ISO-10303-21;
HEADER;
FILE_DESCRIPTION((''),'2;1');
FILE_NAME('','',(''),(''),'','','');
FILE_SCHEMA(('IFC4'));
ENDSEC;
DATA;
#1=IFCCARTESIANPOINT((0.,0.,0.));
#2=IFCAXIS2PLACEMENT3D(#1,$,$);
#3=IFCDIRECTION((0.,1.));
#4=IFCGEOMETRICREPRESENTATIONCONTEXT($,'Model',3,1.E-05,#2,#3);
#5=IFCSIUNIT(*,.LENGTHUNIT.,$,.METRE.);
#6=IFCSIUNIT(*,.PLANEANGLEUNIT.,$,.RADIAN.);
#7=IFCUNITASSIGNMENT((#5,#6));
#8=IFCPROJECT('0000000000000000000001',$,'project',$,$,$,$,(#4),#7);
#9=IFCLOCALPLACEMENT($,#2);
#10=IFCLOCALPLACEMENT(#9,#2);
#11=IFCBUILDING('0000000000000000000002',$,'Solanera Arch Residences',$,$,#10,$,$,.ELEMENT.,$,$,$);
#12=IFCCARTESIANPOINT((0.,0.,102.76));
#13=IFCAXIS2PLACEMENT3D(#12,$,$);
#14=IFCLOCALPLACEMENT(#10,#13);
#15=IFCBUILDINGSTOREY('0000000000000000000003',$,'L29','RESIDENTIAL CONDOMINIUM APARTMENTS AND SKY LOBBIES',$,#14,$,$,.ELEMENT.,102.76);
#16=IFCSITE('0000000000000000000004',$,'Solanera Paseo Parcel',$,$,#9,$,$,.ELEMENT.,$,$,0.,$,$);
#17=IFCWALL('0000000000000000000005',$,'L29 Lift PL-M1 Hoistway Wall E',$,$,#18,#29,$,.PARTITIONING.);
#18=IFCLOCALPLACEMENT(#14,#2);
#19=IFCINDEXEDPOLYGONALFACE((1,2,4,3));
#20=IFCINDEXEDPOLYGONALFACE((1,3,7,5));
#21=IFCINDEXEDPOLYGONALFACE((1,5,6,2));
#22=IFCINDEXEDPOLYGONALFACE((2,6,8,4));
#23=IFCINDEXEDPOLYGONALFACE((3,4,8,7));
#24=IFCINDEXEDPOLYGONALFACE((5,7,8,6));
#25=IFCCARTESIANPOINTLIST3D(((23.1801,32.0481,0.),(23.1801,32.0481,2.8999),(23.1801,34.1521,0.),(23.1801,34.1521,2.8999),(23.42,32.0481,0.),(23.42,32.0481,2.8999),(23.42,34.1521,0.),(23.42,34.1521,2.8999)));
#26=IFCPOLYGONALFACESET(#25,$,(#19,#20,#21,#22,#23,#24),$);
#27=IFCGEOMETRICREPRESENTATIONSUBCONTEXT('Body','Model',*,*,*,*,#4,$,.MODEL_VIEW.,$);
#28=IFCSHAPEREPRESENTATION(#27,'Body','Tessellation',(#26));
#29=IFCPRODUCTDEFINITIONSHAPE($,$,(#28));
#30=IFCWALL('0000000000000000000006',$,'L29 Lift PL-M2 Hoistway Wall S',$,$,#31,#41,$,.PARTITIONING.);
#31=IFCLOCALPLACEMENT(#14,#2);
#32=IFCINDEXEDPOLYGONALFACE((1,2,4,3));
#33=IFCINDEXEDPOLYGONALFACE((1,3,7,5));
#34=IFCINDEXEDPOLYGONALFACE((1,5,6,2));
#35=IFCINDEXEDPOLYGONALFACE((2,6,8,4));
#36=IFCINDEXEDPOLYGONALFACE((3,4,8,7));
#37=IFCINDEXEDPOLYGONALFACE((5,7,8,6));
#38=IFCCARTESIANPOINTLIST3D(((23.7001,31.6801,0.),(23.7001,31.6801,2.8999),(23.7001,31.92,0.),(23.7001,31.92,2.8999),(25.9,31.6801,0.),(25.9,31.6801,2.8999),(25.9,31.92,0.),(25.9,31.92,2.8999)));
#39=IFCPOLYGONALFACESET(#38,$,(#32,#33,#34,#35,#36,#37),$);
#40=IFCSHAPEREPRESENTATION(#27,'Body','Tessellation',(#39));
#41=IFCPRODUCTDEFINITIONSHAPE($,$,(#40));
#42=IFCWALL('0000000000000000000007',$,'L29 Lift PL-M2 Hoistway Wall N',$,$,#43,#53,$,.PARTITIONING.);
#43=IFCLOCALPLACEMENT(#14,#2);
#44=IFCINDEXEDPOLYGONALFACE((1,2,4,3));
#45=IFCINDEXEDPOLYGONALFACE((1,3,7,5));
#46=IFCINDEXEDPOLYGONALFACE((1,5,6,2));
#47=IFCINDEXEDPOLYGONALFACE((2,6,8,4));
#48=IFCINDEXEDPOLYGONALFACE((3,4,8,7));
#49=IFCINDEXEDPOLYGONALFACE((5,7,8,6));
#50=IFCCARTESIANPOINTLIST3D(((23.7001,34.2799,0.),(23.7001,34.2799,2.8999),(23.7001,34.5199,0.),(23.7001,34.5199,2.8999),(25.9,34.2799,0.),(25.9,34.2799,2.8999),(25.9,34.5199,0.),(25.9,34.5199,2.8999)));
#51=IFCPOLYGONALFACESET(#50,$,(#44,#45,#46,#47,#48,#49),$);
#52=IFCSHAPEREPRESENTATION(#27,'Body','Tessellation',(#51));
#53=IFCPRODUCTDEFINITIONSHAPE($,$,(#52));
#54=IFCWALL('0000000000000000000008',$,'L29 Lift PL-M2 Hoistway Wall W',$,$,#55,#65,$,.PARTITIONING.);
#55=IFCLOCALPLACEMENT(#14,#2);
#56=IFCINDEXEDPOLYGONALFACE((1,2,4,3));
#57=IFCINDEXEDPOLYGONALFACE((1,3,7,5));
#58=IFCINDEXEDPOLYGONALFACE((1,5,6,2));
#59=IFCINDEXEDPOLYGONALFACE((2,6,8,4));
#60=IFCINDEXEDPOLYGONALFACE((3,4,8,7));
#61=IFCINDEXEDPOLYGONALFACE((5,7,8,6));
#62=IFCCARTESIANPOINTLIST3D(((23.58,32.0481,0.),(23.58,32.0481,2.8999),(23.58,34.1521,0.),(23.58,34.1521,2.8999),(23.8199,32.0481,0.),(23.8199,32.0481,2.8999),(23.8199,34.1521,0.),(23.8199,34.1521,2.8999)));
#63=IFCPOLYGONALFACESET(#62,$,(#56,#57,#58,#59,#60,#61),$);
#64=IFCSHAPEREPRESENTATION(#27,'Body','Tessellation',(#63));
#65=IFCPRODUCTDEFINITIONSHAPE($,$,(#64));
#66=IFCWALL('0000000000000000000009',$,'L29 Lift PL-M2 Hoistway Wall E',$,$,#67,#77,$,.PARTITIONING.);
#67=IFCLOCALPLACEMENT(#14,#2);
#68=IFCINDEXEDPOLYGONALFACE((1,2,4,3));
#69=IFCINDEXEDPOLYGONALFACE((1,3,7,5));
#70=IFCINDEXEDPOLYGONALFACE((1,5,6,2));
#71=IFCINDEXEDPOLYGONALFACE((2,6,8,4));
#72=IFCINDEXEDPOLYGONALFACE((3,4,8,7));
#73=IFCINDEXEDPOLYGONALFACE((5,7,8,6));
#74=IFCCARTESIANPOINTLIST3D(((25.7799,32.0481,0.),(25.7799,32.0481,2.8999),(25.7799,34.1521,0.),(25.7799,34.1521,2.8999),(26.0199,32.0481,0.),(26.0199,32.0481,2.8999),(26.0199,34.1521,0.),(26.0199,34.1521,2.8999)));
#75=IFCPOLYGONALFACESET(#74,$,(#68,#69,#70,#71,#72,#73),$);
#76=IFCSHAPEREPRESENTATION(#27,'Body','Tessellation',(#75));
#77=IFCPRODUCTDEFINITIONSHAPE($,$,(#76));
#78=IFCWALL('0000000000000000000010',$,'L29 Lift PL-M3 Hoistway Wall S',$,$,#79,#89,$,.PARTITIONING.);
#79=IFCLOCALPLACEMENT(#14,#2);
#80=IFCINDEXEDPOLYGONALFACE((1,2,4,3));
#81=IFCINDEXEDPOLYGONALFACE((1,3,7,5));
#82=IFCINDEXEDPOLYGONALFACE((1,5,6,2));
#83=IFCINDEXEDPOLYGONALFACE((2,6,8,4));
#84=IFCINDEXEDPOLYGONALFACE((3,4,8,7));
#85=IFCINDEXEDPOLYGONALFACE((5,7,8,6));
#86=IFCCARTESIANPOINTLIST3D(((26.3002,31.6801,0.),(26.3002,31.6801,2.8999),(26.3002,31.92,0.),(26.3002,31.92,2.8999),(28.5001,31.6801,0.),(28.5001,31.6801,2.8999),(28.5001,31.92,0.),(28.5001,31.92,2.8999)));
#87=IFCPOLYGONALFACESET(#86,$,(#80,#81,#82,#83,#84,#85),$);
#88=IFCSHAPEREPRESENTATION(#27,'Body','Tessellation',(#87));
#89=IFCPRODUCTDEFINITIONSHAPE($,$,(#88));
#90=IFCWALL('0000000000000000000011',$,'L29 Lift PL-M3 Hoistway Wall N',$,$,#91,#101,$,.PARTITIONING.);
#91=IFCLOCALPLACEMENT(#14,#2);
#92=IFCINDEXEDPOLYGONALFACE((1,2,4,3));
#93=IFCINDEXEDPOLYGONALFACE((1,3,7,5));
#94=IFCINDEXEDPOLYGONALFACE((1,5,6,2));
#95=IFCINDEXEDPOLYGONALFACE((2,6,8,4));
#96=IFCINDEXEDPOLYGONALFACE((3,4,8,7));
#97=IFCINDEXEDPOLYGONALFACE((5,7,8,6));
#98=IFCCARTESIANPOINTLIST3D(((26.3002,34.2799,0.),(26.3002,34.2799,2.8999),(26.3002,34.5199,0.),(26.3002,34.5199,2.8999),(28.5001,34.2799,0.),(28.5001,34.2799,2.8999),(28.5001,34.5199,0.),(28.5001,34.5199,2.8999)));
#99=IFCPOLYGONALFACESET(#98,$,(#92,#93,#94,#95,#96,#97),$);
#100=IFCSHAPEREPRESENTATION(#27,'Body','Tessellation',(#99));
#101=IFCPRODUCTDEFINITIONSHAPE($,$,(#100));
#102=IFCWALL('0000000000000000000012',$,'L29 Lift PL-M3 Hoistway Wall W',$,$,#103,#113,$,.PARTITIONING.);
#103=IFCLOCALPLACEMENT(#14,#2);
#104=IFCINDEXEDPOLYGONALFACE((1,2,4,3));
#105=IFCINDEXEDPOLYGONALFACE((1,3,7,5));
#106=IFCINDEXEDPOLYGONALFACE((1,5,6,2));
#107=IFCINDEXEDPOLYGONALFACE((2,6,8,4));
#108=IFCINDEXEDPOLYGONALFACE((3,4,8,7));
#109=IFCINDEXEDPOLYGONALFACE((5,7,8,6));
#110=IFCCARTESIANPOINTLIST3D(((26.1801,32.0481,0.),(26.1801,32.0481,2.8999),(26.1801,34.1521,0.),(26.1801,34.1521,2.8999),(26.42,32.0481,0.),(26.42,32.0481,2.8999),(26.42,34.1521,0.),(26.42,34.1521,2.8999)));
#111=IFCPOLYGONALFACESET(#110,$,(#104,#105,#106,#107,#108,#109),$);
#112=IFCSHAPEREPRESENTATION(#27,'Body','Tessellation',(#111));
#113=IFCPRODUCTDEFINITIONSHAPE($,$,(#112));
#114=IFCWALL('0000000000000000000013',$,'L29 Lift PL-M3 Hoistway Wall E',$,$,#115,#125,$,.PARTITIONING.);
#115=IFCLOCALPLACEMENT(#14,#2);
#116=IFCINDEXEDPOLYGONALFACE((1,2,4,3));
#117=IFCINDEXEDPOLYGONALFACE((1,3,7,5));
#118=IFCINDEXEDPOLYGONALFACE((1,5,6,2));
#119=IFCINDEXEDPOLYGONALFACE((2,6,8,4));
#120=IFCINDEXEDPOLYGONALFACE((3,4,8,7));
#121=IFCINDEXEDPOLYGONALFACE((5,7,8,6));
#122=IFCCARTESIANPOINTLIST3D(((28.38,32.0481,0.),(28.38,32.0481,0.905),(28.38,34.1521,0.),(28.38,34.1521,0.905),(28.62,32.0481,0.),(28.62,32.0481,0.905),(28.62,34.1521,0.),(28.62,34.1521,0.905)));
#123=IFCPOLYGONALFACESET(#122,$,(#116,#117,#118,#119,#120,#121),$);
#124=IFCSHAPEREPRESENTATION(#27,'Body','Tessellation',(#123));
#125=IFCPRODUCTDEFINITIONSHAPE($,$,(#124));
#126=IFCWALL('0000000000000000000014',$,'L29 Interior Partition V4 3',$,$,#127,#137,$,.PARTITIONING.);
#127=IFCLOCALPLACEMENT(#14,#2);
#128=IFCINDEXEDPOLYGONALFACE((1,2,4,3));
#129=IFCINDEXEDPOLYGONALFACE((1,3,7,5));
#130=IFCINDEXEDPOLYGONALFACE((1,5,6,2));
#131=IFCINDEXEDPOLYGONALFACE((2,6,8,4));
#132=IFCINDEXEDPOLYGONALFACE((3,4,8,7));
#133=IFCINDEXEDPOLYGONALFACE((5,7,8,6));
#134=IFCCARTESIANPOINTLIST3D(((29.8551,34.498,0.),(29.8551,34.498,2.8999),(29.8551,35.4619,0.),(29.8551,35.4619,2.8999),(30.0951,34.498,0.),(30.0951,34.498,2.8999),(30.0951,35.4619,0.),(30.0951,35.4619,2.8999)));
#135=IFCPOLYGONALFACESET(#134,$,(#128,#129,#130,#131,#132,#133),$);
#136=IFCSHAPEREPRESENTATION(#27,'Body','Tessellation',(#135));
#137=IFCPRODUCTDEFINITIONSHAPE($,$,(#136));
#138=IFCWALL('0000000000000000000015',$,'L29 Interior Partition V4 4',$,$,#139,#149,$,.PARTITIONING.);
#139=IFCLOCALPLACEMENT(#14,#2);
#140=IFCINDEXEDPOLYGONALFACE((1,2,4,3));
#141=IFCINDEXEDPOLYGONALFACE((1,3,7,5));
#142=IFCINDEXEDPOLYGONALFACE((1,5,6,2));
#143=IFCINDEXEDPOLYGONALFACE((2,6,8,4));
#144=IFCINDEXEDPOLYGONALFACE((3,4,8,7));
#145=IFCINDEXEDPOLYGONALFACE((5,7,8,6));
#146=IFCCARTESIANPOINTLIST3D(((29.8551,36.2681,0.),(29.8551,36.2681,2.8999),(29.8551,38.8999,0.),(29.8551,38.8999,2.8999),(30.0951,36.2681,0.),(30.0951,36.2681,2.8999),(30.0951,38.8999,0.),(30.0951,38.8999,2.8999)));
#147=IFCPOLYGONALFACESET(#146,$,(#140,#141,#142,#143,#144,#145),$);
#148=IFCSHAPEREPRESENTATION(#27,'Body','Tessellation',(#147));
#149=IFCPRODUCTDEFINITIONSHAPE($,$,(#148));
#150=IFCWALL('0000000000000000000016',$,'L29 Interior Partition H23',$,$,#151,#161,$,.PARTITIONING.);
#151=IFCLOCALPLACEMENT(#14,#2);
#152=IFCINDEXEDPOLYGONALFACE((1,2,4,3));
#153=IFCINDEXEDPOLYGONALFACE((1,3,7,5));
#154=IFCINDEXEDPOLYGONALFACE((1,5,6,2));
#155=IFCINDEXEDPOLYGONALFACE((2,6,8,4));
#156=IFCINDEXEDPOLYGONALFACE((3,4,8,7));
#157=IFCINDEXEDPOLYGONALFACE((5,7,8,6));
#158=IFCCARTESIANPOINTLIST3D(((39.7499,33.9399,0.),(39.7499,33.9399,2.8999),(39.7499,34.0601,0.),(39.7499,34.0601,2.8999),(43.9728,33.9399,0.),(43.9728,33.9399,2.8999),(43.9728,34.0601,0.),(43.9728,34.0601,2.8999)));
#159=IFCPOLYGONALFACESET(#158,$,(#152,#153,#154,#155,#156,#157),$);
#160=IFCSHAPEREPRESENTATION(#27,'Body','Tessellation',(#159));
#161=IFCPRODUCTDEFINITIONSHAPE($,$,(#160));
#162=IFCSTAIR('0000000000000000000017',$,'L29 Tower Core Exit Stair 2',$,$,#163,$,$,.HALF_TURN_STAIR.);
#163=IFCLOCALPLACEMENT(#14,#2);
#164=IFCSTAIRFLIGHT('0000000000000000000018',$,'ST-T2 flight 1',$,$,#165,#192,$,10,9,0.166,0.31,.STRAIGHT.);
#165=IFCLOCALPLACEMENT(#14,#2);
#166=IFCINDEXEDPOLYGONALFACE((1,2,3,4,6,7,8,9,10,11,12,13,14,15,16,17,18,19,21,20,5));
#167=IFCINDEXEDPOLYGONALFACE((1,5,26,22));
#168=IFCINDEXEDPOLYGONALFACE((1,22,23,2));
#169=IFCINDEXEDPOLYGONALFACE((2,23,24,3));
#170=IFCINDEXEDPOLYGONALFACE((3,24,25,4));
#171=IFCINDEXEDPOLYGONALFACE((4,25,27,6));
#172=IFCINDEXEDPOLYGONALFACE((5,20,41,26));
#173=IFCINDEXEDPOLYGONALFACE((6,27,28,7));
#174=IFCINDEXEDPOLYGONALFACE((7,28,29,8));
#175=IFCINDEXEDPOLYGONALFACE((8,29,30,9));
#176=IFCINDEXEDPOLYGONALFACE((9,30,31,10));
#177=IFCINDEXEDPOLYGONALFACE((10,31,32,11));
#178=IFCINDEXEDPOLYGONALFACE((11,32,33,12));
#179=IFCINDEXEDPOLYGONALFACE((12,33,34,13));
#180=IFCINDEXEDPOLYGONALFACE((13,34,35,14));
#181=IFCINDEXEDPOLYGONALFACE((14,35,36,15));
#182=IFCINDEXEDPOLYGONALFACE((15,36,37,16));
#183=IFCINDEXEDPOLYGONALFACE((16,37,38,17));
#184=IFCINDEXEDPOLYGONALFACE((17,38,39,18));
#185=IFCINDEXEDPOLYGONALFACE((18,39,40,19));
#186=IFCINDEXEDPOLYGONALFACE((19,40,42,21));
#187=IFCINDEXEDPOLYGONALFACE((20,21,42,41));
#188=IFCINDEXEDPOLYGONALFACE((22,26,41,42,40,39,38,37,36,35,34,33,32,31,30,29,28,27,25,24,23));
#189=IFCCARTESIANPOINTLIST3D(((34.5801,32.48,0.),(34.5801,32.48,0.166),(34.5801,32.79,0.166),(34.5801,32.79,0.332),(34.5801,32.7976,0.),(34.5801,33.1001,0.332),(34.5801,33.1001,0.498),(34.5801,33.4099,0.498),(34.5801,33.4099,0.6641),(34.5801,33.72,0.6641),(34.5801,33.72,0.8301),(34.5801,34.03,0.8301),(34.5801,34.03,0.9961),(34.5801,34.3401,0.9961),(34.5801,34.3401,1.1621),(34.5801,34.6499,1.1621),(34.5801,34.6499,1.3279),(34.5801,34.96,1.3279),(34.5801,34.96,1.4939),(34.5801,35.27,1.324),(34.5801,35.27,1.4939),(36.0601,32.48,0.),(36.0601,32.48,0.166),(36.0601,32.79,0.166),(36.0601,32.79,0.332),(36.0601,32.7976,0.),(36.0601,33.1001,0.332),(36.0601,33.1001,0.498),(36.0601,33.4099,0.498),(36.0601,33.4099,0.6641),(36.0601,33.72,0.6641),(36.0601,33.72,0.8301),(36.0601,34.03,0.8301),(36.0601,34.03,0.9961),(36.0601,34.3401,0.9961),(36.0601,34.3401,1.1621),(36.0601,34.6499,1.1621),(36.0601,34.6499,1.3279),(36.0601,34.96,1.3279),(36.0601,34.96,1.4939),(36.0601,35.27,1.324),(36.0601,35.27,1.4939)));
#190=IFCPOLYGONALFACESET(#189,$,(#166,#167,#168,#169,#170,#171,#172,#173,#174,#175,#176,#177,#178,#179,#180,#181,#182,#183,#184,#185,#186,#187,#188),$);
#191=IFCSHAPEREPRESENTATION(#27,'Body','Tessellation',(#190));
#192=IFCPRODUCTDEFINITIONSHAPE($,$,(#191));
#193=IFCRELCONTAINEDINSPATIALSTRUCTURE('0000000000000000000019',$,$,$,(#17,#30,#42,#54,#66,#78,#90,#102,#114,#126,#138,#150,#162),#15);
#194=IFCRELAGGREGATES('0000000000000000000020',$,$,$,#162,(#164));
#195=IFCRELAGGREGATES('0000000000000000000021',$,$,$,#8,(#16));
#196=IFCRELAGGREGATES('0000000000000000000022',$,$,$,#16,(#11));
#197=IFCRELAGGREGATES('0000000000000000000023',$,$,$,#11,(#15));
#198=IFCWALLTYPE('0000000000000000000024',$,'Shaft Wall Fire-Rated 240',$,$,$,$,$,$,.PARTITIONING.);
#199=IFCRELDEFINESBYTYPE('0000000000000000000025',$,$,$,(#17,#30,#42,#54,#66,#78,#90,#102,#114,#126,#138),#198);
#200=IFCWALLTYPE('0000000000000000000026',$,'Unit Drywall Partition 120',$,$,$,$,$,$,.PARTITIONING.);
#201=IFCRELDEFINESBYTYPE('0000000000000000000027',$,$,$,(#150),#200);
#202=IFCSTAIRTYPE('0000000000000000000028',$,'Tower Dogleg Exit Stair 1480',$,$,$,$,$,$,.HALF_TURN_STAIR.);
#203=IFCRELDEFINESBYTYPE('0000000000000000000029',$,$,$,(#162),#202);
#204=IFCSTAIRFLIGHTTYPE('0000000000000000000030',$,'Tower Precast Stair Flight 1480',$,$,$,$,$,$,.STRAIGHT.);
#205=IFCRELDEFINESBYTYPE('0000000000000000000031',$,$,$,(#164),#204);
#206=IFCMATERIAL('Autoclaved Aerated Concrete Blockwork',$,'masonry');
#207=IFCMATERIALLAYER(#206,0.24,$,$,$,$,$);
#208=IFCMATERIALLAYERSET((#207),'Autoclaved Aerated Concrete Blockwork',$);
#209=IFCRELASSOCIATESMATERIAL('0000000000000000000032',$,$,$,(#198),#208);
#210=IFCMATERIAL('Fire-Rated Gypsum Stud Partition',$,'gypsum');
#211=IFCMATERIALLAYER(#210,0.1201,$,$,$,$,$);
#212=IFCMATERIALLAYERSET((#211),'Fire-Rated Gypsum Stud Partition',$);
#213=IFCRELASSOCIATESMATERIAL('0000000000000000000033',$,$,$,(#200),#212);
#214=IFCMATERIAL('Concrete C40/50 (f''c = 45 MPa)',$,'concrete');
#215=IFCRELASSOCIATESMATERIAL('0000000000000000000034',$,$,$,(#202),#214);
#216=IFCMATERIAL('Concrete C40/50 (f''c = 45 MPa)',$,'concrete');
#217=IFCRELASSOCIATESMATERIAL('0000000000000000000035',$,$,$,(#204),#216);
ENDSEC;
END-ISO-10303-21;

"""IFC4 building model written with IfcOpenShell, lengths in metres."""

from ifc_helpers import new_model, si_unit, direction, frame, frame_2d, origin, place, context, subcontext, project, spatial, polyline, rectangle, outline, extrude, material, layer, layer_set, type_object, element, aggregate, save


model = new_model("IFC4")

# Units and contexts
model_context = context("Model", 3, precision=1e-05, world=origin(), true_north=direction((0.0, 1.0)))
body_context = subcontext(model_context, "Body", "Model", "MODEL_VIEW")
ifc_project = project(units=[si_unit("LENGTHUNIT", "METRE"), si_unit("PLANEANGLEUNIT", "RADIAN")], contexts=[model_context])

# Site, building, storey
site_placement = place(None, origin())
site = spatial("IfcSite", under=ifc_project, at=site_placement, Name="Solanera Paseo Parcel", CompositionType="ELEMENT", RefElevation=0.0)
building_placement = place(site_placement, origin())
building = spatial("IfcBuilding", under=site, at=building_placement, Name="Solanera Arch Residences", CompositionType="ELEMENT")
storey_placement = place(building_placement, frame((0.0, 0.0, 102.76)))
storey = spatial("IfcBuildingStorey", under=building, at=storey_placement, Name="L29", Description="RESIDENTIAL CONDOMINIUM APARTMENTS AND SKY LOBBIES", CompositionType="ELEMENT", Elevation=102.76)

# Walls
ifc_material_1 = material(Name="Autoclaved Aerated Concrete Blockwork", Category="masonry")
ifc_layer_1 = layer(ifc_material_1, 0.24)
ifc_layer_set_1 = layer_set([ifc_layer_1], Name="Autoclaved Aerated Concrete Blockwork")
wall_type_1 = type_object("IfcWallType", Name="Shaft Wall Fire-Rated 240", PredefinedType="PARTITIONING", material=ifc_layer_set_1)
wall_1_placement = place(storey_placement, frame((23.3, 32.0481, 0.0), z_axis=(0.0, 0.0, 1.0), x_axis=(0.0, 1.0, 0.0)))
element("IfcWall", 1, at=wall_1_placement, inside=storey, type_object=wall_type_1, Name="L29 Lift PL-M1 Hoistway Wall E", PredefinedType="PARTITIONING", context=body_context, shape_type="SweptSolid", body=[
    extrude(rectangle(XDim=2.104, YDim=0.24, at=frame_2d((1.052, 0.0))), origin(), (0.0, 0.0, 1.0), 2.8999),
])
for number, where, z_axis, x_axis, name in (
    (2, (23.7, 31.8, 0.0), (0.0, 0.0, 1.0), (1.0, 0.0, 0.0), "L29 Lift PL-M2 Hoistway Wall S"),
    (3, (23.7, 34.3999, 0.0), (0.0, 0.0, 1.0), (1.0, 0.0, 0.0), "L29 Lift PL-M2 Hoistway Wall N"),
):
    element("IfcWall", number, at=place(storey_placement, frame(where, z_axis=z_axis, x_axis=x_axis)), inside=storey, type_object=wall_type_1, Name=name, PredefinedType="PARTITIONING", context=body_context, shape_type="SweptSolid", body=[
        extrude(rectangle(XDim=2.2, YDim=0.24, at=frame_2d((1.1001, 0.0))), origin(), (0.0, 0.0, 1.0), 2.8999),
    ])
for number, where, z_axis, x_axis, name in (
    (4, (23.7, 32.0481, 0.0), (0.0, 0.0, 1.0), (0.0, 1.0, 0.0), "L29 Lift PL-M2 Hoistway Wall W"),
    (5, (25.8999, 32.0481, 0.0), (0.0, 0.0, 1.0), (0.0, 1.0, 0.0), "L29 Lift PL-M2 Hoistway Wall E"),
):
    element("IfcWall", number, at=place(storey_placement, frame(where, z_axis=z_axis, x_axis=x_axis)), inside=storey, type_object=wall_type_1, Name=name, PredefinedType="PARTITIONING", context=body_context, shape_type="SweptSolid", body=[
        extrude(rectangle(XDim=2.104, YDim=0.24, at=frame_2d((1.052, 0.0))), origin(), (0.0, 0.0, 1.0), 2.8999),
    ])
for number, where, z_axis, x_axis, name in (
    (6, (26.3, 31.8, 0.0), (0.0, 0.0, 1.0), (1.0, 0.0, 0.0), "L29 Lift PL-M3 Hoistway Wall S"),
    (7, (26.3, 34.3999, 0.0), (0.0, 0.0, 1.0), (1.0, 0.0, 0.0), "L29 Lift PL-M3 Hoistway Wall N"),
):
    element("IfcWall", number, at=place(storey_placement, frame(where, z_axis=z_axis, x_axis=x_axis)), inside=storey, type_object=wall_type_1, Name=name, PredefinedType="PARTITIONING", context=body_context, shape_type="SweptSolid", body=[
        extrude(rectangle(XDim=2.2, YDim=0.24, at=frame_2d((1.1001, 0.0))), origin(), (0.0, 0.0, 1.0), 2.8999),
    ])
wall_2_placement = place(storey_placement, frame((26.3, 32.0481, 0.0), z_axis=(0.0, 0.0, 1.0), x_axis=(0.0, 1.0, 0.0)))
element("IfcWall", 8, at=wall_2_placement, inside=storey, type_object=wall_type_1, Name="L29 Lift PL-M3 Hoistway Wall W", PredefinedType="PARTITIONING", context=body_context, shape_type="SweptSolid", body=[
    extrude(rectangle(XDim=2.104, YDim=0.24, at=frame_2d((1.052, 0.0))), origin(), (0.0, 0.0, 1.0), 2.8999),
])
wall_3_placement = place(storey_placement, frame((28.5, 32.0481, 0.0), z_axis=(0.0, 0.0, 1.0), x_axis=(0.0, 1.0, 0.0)))
element("IfcWall", 9, at=wall_3_placement, inside=storey, type_object=wall_type_1, Name="L29 Lift PL-M3 Hoistway Wall E", PredefinedType="PARTITIONING", context=body_context, shape_type="SweptSolid", body=[
    extrude(rectangle(XDim=2.104, YDim=0.24, at=frame_2d((1.052, 0.0))), origin(), (0.0, 0.0, 1.0), 0.905),
])

# Walls
wall_4_placement = place(storey_placement, frame((29.9751, 34.498, 0.0), z_axis=(0.0, 0.0, 1.0), x_axis=(0.0, 1.0, 0.0)))
element("IfcWall", 10, at=wall_4_placement, inside=storey, type_object=wall_type_1, Name="L29 Interior Partition V4 3", PredefinedType="PARTITIONING", context=body_context, shape_type="SweptSolid", body=[
    extrude(rectangle(XDim=0.9639, YDim=0.24, at=frame_2d((0.4819, 0.0))), origin(), (0.0, 0.0, 1.0), 2.8999),
])
wall_5_placement = place(storey_placement, frame((29.9751, 36.2681, 0.0), z_axis=(0.0, 0.0, 1.0), x_axis=(0.0, 1.0, 0.0)))
element("IfcWall", 11, at=wall_5_placement, inside=storey, type_object=wall_type_1, Name="L29 Interior Partition V4 4", PredefinedType="PARTITIONING", context=body_context, shape_type="SweptSolid", body=[
    extrude(rectangle(XDim=2.6318, YDim=0.24, at=frame_2d((1.3159, 0.0))), origin(), (0.0, 0.0, 1.0), 2.8999),
])
ifc_material_2 = material(Name="Fire-Rated Gypsum Stud Partition", Category="gypsum")
ifc_layer_2 = layer(ifc_material_2, 0.1201)
ifc_layer_set_2 = layer_set([ifc_layer_2], Name="Fire-Rated Gypsum Stud Partition")
wall_type_2 = type_object("IfcWallType", Name="Unit Drywall Partition 120", PredefinedType="PARTITIONING", material=ifc_layer_set_2)
wall_6_placement = place(storey_placement, frame((39.75, 34.0, 0.0), z_axis=(0.0, 0.0, 1.0), x_axis=(1.0, 0.0, 0.0)))
element("IfcWall", 12, at=wall_6_placement, inside=storey, type_object=wall_type_2, Name="L29 Interior Partition H23", PredefinedType="PARTITIONING", context=body_context, shape_type="SweptSolid", body=[
    extrude(rectangle(XDim=4.2229, YDim=0.1201, at=frame_2d((2.1113, 0.0))), origin(), (0.0, 0.0, 1.0), 2.8999),
])

# Stair, stair flight
ifc_material_3 = material(Name="Concrete C40/50 (f'c = 45 MPa)", Category="concrete")
stair_type = type_object("IfcStairType", Name="Tower Dogleg Exit Stair 1480", PredefinedType="HALF_TURN_STAIR", material=ifc_material_3)
stair_placement = place(storey_placement, origin())
stair = element("IfcStair", 13, at=stair_placement, inside=storey, type_object=stair_type, Name="L29 Tower Core Exit Stair 2", PredefinedType="HALF_TURN_STAIR")
ifc_material_4 = material(Name="Concrete C40/50 (f'c = 45 MPa)", Category="concrete")
stair_flight_type = type_object("IfcStairFlightType", Name="Tower Precast Stair Flight 1480", PredefinedType="STRAIGHT", material=ifc_material_4)
stair_flight_1_placement = place(storey_placement, frame((35.3201, 32.48, 0.0), z_axis=(0.0, 0.0, 1.0), x_axis=(0.0, 1.0, 0.0)))
stair_flight_1 = element("IfcStairFlight", 14, at=stair_flight_1_placement, type_object=stair_flight_type, Name="ST-T2 flight 1", NumberOfRisers=10, NumberOfTreads=9, PredefinedType="STRAIGHT", RiserHeight=0.166, TreadLength=0.31, context=body_context, shape_type="SweptSolid", body=[
    extrude(outline(polyline([(0.0, 0.0), (0.0, 0.166), (0.3101, 0.166), (0.3101, 0.332), (0.6201, 0.332), (0.6201, 0.498), (0.9299, 0.498), (0.9299, 0.6641), (1.24, 0.6641), (1.24, 0.8301), (1.55, 0.8301), (1.55, 0.9961), (1.8601, 0.9961), (1.8601, 1.1621), (2.1699, 1.1621), (2.1699, 1.3279), (2.48, 1.3279), (2.48, 1.4939), (2.79, 1.4939), (2.79, 1.6599), (2.79, 1.324), (0.3176, 0.0), (0.0, 0.0)])), frame((0.0, 0.74, 0.0), z_axis=(0.0, -1.0, 0.0), x_axis=(1.0, 0.0, 0.0)), (0.0, 0.0, 1.0), 1.48),
])
aggregate(stair, [stair_flight_1])

save(model, "model.ifc")
